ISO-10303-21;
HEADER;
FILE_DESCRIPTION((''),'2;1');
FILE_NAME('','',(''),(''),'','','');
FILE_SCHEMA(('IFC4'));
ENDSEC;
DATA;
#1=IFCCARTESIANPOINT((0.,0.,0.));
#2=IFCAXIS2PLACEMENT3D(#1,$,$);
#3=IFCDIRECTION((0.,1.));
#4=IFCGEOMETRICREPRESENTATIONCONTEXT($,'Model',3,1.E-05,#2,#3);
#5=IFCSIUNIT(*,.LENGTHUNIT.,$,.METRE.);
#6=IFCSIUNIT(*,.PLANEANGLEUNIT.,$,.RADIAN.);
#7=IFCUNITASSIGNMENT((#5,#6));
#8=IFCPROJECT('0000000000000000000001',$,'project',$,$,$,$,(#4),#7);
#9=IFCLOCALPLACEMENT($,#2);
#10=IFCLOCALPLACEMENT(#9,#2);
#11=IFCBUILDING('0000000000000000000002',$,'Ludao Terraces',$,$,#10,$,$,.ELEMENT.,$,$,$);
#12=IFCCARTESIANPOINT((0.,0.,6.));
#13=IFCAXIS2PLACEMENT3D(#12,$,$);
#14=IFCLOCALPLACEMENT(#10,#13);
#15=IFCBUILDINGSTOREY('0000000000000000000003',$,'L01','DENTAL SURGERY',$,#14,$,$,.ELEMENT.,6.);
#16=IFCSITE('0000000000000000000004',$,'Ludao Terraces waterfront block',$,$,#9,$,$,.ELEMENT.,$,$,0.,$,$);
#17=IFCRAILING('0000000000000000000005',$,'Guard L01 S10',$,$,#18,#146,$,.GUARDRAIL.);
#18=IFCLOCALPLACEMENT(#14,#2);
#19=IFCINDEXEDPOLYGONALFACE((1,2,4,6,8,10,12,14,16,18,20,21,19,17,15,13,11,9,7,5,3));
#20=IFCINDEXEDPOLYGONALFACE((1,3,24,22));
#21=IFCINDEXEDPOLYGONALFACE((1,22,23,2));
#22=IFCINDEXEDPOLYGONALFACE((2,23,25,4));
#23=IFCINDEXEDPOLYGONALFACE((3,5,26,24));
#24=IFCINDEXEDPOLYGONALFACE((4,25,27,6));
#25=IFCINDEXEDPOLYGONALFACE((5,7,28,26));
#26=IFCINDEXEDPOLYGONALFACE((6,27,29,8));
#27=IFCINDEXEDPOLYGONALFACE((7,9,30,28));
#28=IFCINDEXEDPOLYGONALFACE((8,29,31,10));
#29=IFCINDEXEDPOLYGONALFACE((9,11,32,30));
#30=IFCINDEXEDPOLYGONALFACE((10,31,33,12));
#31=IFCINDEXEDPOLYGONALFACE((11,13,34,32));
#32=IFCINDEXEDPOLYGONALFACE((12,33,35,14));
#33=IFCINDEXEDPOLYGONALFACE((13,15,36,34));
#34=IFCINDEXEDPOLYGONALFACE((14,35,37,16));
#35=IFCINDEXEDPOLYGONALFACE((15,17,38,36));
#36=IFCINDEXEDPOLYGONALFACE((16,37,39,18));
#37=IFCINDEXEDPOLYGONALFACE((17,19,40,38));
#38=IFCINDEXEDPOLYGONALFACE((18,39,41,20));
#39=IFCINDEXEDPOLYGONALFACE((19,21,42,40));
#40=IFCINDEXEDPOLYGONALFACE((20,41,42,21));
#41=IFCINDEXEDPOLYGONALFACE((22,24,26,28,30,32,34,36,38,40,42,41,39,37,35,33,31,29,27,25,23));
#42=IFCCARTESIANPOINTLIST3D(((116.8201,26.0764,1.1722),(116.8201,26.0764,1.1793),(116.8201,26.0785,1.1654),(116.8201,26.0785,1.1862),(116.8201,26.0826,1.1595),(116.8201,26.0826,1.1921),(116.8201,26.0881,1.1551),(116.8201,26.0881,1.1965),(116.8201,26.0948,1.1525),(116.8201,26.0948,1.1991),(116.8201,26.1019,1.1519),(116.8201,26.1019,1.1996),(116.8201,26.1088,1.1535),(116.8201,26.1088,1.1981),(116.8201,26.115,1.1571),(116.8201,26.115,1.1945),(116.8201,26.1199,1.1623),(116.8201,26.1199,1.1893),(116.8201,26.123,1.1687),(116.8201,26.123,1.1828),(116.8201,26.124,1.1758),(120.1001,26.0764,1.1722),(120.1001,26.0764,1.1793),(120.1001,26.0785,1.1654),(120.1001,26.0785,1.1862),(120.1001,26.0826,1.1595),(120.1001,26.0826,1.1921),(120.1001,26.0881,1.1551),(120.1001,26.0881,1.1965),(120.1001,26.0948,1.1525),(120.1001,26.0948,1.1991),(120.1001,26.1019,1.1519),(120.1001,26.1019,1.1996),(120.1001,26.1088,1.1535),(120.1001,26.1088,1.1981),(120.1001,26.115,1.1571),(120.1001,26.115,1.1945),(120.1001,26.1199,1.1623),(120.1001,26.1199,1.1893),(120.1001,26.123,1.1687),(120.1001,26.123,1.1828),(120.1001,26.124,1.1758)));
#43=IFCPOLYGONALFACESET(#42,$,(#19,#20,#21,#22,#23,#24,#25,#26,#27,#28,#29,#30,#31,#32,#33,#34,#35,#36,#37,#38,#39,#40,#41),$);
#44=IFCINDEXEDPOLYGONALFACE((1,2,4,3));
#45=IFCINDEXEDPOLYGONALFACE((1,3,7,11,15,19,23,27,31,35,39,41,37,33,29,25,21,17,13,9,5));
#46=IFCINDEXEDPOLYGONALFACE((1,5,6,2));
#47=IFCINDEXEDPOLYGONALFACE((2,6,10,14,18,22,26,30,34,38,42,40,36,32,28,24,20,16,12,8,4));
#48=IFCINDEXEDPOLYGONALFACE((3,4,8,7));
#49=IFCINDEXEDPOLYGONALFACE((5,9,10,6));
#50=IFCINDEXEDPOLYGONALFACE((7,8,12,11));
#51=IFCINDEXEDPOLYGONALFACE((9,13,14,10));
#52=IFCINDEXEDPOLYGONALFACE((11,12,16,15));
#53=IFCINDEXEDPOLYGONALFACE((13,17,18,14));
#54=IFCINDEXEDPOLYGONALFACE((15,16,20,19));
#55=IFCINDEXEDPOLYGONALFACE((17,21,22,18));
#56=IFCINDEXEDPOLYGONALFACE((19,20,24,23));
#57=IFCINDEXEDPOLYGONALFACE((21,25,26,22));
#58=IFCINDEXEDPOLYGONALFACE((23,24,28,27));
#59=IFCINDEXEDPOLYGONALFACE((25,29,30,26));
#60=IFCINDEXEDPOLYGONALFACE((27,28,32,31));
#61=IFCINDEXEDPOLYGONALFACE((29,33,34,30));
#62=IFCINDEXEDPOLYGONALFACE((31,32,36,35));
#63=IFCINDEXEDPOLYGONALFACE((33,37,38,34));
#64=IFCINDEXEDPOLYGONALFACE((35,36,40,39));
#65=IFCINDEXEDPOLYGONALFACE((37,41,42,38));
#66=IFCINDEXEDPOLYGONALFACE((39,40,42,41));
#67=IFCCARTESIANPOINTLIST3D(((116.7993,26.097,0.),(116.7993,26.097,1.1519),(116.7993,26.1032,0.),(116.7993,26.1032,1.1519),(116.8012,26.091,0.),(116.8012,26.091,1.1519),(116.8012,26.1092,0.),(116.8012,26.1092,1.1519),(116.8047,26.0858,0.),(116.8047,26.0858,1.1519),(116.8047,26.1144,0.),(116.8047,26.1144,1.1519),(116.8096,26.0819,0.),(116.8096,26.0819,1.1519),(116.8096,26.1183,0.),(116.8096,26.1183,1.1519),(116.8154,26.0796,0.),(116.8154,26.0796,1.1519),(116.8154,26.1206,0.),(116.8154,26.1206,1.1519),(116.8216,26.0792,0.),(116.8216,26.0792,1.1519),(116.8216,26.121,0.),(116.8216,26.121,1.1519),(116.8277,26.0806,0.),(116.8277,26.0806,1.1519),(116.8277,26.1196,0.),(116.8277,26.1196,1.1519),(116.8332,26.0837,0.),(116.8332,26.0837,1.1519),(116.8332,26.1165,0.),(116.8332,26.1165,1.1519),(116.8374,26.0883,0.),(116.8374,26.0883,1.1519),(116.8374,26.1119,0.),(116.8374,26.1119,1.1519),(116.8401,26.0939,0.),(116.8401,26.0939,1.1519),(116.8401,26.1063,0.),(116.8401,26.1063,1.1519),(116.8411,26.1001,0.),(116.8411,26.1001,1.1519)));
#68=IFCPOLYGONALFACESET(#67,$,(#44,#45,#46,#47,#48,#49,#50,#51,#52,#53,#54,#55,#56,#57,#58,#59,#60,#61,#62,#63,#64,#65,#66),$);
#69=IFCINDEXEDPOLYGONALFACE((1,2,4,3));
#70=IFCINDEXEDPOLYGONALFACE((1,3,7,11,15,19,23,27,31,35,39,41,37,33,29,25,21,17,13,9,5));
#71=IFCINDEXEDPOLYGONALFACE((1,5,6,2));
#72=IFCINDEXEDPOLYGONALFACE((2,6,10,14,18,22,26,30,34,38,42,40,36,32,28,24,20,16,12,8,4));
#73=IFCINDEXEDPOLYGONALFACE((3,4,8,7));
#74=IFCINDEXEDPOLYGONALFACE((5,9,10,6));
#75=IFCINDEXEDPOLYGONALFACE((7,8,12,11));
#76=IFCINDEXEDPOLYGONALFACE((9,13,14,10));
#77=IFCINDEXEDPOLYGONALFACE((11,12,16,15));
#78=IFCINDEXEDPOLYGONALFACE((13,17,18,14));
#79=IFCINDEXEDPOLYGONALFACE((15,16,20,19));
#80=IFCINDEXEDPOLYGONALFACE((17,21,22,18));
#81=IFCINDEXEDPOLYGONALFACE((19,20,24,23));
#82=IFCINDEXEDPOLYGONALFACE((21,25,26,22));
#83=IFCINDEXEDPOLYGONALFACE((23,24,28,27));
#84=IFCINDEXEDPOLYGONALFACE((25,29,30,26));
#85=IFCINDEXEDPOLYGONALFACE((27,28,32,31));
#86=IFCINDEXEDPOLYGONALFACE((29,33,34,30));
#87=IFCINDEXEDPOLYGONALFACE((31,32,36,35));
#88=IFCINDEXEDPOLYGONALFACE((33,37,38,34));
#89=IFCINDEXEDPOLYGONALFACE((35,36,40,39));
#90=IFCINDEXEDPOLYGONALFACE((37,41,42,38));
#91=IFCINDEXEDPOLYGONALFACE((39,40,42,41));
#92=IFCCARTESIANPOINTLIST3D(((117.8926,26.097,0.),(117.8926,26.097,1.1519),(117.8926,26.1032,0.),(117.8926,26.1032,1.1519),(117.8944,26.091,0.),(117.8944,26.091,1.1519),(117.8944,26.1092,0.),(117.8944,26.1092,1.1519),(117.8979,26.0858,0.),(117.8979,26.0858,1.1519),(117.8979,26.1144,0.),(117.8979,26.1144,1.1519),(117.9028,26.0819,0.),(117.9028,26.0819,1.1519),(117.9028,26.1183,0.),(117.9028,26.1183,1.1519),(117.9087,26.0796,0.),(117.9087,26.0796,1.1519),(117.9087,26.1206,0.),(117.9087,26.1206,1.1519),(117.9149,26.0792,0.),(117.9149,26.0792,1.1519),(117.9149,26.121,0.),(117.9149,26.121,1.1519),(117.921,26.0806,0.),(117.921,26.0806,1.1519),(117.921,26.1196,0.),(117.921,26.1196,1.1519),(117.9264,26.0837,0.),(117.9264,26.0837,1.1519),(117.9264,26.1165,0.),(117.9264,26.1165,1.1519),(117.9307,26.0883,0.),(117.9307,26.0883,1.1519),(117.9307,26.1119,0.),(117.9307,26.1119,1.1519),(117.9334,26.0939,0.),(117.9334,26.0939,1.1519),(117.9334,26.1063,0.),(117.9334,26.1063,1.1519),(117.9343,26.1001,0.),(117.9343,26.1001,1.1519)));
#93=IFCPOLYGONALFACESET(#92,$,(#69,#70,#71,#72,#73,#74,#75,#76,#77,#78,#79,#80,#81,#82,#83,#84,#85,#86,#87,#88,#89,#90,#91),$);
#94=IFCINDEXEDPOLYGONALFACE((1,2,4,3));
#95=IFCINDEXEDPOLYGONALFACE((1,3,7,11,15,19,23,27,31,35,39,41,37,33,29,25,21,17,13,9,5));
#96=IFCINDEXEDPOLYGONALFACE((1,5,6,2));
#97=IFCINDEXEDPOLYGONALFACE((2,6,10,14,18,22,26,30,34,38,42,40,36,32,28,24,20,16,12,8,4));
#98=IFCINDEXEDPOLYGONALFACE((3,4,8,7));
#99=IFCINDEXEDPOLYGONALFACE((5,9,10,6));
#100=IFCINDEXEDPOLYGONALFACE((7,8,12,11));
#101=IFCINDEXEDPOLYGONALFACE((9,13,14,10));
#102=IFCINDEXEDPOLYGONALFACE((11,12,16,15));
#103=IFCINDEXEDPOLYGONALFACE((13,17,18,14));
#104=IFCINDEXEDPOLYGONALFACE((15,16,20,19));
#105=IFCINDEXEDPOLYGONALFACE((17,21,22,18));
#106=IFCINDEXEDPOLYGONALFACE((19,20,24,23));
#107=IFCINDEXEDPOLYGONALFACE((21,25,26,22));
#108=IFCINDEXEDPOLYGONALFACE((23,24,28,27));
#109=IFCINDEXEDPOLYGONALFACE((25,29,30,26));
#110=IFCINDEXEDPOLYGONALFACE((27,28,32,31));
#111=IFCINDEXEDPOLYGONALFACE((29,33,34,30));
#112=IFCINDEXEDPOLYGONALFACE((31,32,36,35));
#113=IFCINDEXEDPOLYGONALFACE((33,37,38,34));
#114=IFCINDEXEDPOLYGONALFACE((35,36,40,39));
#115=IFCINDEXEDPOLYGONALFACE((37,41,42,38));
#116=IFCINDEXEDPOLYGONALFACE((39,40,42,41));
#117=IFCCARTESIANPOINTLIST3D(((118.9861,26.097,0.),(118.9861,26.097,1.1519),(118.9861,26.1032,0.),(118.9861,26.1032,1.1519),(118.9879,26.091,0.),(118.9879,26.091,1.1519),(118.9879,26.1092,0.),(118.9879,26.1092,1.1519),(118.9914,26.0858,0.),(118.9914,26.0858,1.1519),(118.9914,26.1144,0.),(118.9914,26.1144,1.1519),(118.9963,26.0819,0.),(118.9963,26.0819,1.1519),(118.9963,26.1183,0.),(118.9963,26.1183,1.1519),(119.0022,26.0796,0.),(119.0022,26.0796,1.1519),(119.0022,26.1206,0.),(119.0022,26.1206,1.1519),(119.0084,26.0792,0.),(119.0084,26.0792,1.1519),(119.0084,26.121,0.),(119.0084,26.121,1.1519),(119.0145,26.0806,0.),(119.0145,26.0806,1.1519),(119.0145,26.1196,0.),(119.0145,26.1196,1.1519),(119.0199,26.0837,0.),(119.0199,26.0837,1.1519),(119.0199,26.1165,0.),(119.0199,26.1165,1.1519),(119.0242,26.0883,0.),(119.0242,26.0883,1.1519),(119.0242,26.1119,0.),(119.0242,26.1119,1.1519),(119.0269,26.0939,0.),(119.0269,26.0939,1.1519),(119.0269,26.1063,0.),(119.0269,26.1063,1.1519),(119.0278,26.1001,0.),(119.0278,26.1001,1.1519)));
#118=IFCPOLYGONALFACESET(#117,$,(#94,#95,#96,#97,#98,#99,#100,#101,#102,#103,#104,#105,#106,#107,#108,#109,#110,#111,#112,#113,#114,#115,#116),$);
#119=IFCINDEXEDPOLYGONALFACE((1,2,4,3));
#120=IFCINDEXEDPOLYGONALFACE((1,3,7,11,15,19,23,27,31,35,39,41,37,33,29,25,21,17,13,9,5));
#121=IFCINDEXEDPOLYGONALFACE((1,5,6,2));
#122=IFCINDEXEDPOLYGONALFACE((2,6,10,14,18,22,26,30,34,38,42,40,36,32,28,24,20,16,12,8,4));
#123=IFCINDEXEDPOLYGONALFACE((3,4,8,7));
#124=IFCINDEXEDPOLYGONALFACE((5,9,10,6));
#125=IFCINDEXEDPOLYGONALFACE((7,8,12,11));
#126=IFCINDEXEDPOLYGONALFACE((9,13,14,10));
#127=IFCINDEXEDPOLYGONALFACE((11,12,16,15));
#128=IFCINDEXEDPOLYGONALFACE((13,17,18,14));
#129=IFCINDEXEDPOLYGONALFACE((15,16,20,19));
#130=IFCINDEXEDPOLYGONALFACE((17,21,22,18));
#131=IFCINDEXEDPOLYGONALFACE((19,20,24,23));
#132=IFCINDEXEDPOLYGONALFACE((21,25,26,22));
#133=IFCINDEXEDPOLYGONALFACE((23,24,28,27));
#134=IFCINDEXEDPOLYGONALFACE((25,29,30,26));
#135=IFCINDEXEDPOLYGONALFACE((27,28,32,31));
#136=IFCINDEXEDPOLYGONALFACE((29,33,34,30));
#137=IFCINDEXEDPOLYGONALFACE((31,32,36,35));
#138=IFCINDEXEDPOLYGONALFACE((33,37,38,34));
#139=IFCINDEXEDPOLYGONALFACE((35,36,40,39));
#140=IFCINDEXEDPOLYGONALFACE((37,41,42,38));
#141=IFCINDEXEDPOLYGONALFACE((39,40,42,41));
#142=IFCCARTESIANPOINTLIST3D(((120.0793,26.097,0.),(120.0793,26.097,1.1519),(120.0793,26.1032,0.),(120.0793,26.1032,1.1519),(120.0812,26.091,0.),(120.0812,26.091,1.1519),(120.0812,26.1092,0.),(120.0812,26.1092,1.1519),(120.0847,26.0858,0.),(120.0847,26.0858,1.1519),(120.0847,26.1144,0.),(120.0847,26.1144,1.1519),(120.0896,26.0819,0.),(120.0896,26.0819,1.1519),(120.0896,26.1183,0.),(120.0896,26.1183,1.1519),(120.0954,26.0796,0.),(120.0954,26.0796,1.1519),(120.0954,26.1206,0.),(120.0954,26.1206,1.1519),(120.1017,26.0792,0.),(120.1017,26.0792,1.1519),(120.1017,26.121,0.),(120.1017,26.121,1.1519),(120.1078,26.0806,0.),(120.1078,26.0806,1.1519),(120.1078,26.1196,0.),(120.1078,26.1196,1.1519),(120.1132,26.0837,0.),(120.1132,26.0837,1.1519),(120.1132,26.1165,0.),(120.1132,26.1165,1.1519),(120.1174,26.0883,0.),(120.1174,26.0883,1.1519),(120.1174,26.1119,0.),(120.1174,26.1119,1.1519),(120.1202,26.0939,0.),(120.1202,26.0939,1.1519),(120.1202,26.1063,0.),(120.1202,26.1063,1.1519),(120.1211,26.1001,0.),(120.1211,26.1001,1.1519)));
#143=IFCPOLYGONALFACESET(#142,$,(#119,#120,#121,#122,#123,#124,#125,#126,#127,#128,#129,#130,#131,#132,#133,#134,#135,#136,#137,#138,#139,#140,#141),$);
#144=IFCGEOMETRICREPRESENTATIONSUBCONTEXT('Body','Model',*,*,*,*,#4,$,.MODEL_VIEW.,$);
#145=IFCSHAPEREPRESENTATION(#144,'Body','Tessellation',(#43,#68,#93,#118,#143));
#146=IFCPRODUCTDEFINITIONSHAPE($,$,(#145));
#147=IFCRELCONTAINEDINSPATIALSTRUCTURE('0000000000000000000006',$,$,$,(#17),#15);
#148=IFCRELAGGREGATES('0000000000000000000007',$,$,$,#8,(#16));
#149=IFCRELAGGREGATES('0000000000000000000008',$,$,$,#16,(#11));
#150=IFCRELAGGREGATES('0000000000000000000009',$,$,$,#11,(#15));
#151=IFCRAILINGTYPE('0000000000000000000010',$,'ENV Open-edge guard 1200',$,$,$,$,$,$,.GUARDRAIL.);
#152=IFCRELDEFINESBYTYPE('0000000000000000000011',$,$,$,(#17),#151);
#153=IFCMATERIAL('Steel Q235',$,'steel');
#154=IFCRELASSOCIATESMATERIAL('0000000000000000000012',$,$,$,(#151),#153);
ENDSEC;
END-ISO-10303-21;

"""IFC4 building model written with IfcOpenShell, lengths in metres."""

from ifc_helpers import new_model, si_unit, direction, frame, origin, origin_2d, place, context, subcontext, project, spatial, circle, extrude, material, type_object, element, save


model = new_model("IFC4")

# Units and contexts
model_context = context("Model", 3, precision=1e-05, world=origin(), true_north=direction((0.0, 1.0)))
body_context = subcontext(model_context, "Body", "Model", "MODEL_VIEW")
ifc_project = project(units=[si_unit("LENGTHUNIT", "METRE"), si_unit("PLANEANGLEUNIT", "RADIAN")], contexts=[model_context])

# Site, building, storey
site_placement = place(None, origin())
site = spatial("IfcSite", under=ifc_project, at=site_placement, Name="Ludao Terraces waterfront block", CompositionType="ELEMENT", RefElevation=0.0)
building_placement = place(site_placement, origin())
building = spatial("IfcBuilding", under=site, at=building_placement, Name="Ludao Terraces", CompositionType="ELEMENT")
storey_placement = place(building_placement, frame((0.0, 0.0, 6.0)))
storey = spatial("IfcBuildingStorey", under=building, at=storey_placement, Name="L01", Description="DENTAL SURGERY", CompositionType="ELEMENT", Elevation=6.0)

# Railing
ifc_material_1 = material(Name="Steel Q235", Category="steel")
railing_type = type_object("IfcRailingType", Name="ENV Open-edge guard 1200", PredefinedType="GUARDRAIL", material=ifc_material_1)
railing_1_placement = place(storey_placement, frame((116.8201, 26.1001, 0.0)))
element("IfcRailing", 1, at=railing_1_placement, inside=storey, type_object=railing_type, Name="Guard L01 S10", PredefinedType="GUARDRAIL", context=body_context, shape_type="SweptSolid", body=[
    extrude(circle(Radius=0.0239, at=origin_2d()), frame((0.0, 0.0, 1.1758), z_axis=(1.0, 0.0, 0.0), x_axis=(0.0, 1.0, 0.0)), (0.0, 0.0, 1.0), 3.28),
    extrude(circle(Radius=0.021, at=origin_2d()), origin(), (0.0, 0.0, 1.0), 1.1519),
    extrude(circle(Radius=0.021, at=origin_2d()), frame((1.0933, 0.0, 0.0)), (0.0, 0.0, 1.0), 1.1519),
    extrude(circle(Radius=0.021, at=origin_2d()), frame((2.1868, 0.0, 0.0)), (0.0, 0.0, 1.0), 1.1519),
    extrude(circle(Radius=0.021, at=origin_2d()), frame((3.28, 0.0, 0.0)), (0.0, 0.0, 1.0), 1.1519),
])

save(model, "model.ifc")
